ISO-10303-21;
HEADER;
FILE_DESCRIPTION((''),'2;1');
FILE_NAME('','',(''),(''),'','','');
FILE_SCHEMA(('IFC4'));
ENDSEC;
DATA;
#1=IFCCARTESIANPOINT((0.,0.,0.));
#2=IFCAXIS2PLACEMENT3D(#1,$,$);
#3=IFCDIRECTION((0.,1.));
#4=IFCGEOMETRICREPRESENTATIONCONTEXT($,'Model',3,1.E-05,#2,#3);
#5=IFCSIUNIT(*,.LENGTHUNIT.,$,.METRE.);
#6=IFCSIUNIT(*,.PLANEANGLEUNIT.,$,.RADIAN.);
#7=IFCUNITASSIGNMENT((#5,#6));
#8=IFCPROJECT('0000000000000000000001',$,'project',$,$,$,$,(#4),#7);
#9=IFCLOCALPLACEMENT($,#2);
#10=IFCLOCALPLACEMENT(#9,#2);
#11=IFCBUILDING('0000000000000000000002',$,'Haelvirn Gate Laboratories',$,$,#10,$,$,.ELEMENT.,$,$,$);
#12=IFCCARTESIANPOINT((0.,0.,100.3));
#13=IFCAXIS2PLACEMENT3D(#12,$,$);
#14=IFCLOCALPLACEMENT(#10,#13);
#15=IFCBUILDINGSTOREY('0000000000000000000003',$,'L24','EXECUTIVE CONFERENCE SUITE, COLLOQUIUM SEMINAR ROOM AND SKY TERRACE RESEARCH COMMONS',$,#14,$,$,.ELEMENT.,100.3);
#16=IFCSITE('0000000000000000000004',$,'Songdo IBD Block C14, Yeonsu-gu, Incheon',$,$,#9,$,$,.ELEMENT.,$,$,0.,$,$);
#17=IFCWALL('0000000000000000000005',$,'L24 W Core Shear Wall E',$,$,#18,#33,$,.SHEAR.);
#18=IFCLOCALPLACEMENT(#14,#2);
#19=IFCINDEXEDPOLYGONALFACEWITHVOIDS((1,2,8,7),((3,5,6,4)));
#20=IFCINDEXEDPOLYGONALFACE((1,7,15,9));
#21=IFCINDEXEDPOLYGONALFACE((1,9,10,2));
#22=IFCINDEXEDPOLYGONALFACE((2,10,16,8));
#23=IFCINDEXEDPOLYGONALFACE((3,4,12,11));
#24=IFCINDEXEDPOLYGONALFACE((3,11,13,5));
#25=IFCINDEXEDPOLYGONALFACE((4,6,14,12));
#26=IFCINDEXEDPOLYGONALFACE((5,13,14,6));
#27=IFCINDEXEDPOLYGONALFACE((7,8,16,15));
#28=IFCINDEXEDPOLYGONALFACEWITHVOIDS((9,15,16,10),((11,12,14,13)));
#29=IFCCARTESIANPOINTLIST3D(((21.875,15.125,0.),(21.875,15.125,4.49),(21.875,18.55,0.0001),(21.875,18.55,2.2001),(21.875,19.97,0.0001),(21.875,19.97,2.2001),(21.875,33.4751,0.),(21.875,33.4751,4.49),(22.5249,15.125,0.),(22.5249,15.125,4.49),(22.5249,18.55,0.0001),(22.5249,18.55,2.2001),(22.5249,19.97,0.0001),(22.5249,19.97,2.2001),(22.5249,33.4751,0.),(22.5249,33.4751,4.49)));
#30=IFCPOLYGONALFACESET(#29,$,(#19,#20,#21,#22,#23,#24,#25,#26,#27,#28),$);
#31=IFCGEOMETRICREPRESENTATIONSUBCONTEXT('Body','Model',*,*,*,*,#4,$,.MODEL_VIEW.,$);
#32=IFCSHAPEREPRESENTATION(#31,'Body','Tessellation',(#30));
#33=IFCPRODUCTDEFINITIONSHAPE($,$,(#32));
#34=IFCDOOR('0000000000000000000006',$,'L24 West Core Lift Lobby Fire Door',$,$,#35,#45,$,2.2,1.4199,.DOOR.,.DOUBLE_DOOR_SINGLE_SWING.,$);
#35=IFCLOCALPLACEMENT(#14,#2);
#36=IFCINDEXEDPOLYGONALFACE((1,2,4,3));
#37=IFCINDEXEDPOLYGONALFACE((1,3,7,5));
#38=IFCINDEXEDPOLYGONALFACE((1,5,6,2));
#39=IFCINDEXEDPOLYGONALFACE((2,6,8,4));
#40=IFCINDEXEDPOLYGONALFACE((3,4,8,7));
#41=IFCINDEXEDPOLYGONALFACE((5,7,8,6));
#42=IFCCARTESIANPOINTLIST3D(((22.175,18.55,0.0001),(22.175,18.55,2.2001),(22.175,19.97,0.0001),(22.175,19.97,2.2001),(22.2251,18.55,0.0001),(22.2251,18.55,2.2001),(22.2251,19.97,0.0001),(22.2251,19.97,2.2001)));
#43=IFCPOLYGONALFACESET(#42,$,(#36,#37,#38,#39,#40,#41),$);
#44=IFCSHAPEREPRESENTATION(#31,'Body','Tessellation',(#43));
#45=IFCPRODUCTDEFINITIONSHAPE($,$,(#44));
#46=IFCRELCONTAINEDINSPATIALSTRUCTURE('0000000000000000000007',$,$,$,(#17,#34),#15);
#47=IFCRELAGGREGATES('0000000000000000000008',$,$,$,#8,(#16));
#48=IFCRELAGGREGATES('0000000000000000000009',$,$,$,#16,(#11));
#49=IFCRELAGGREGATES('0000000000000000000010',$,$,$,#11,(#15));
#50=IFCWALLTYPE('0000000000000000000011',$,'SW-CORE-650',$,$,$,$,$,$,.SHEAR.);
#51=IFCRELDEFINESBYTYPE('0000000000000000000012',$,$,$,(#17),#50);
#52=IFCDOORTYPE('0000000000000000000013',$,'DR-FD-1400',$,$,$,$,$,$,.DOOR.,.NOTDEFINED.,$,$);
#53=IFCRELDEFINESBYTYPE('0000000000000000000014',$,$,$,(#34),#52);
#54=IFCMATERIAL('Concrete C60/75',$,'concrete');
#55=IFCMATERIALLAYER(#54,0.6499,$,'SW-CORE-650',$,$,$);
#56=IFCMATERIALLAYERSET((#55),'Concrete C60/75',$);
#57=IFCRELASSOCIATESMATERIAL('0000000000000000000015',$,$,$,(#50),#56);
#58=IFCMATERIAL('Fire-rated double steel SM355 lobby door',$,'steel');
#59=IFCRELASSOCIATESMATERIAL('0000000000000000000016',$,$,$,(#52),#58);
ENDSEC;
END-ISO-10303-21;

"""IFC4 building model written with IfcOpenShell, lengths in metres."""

from ifc_helpers import new_model, si_unit, direction, frame, frame_2d, origin, place, context, subcontext, project, spatial, rectangle, extrude, source, transform, mapped, material, layer, layer_set, type_object, type_shapes, element, fill, save


model = new_model("IFC4")

# Units and contexts
model_context = context("Model", 3, precision=1e-05, world=origin(), true_north=direction((0.0, 1.0)))
body_context = subcontext(model_context, "Body", "Model", "MODEL_VIEW")
ifc_project = project(units=[si_unit("LENGTHUNIT", "METRE"), si_unit("PLANEANGLEUNIT", "RADIAN")], contexts=[model_context])

# Site, building, storey
site_placement = place(None, origin())
site = spatial("IfcSite", under=ifc_project, at=site_placement, Name="Songdo IBD Block C14, Yeonsu-gu, Incheon", CompositionType="ELEMENT", RefElevation=0.0)
building_placement = place(site_placement, origin())
building = spatial("IfcBuilding", under=site, at=building_placement, Name="Haelvirn Gate Laboratories", CompositionType="ELEMENT")
storey_placement = place(building_placement, frame((0.0, 0.0, 100.3)))
storey = spatial("IfcBuildingStorey", under=building, at=storey_placement, Name="L24", Description="EXECUTIVE CONFERENCE SUITE, COLLOQUIUM SEMINAR ROOM AND SKY TERRACE RESEARCH COMMONS", CompositionType="ELEMENT", Elevation=100.3)

# Shared definitions
ifc_material_1 = material(Name="Concrete C60/75", Category="concrete")

# Wall, opening, door
ifc_layer_1 = layer(ifc_material_1, 0.6499, Name="SW-CORE-650")
ifc_layer_set_1 = layer_set([ifc_layer_1], Name="Concrete C60/75")
wall_type_1 = type_object("IfcWallType", Name="SW-CORE-650", PredefinedType="SHEAR", material=ifc_layer_set_1)
wall_1_placement = place(storey_placement, frame((22.2, 15.125, 0.0), z_axis=(0.0, 0.0, 1.0), x_axis=(0.0, 1.0, 0.0)))
wall_1 = element("IfcWall", 1, at=wall_1_placement, inside=storey, type_object=wall_type_1, Name="L24 W Core Shear Wall E", PredefinedType="SHEAR", context=body_context, shape_type="SweptSolid", body=[
    extrude(rectangle(XDim=18.3501, YDim=0.6499, at=frame_2d((9.175, 0.0))), origin(), (0.0, 0.0, 1.0), 4.49),
])
opening_1_placement = place(wall_1_placement, frame((3.425, 0.0, 0.0)))
opening_1 = element("IfcOpeningElement", 2, at=opening_1_placement, cuts=wall_1, PredefinedType="OPENING", context=body_context, shape_type="SweptSolid", body=[
    extrude(rectangle(XDim=1.4199, YDim=2.2, at=frame_2d((0.71, 1.1001))), frame((0.0, 0.335, 0.0), z_axis=(0.0, -1.0, 0.0), x_axis=(1.0, 0.0, 0.0)), (0.0, 0.0, 1.0), 0.6699),
])
ifc_material_2 = material(Name="Fire-rated double steel SM355 lobby door", Category="steel")
door_type_1 = type_object("IfcDoorType", Name="DR-FD-1400", OperationType="NOTDEFINED", PredefinedType="DOOR", material=ifc_material_2)
shared_shape_1 = source(origin(), body_context, "Body", "SweptSolid", [
    extrude(rectangle(XDim=1.4199, YDim=2.2, at=frame_2d((0.71, 1.1001))), frame((0.0, 0.0249, 0.0), z_axis=(0.0, -1.0, 0.0), x_axis=(1.0, 0.0, 0.0)), (0.0, 0.0, 1.0), 0.05),
])
type_shapes(door_type_1, [shared_shape_1])
door_1_placement = place(opening_1_placement, origin())
door_1 = element("IfcDoor", 3, at=door_1_placement, inside=storey, type_object=door_type_1, Name="L24 West Core Lift Lobby Fire Door", OperationType="DOUBLE_DOOR_SINGLE_SWING", OverallHeight=2.2, OverallWidth=1.4199, PredefinedType="DOOR", context=body_context, shape_type="MappedRepresentation", body=[
    mapped(shared_shape_1, transform((0.0, 0.0, 0.0), scale=1.0)),
])
fill(opening_1, door_1)

save(model, "model.ifc")
